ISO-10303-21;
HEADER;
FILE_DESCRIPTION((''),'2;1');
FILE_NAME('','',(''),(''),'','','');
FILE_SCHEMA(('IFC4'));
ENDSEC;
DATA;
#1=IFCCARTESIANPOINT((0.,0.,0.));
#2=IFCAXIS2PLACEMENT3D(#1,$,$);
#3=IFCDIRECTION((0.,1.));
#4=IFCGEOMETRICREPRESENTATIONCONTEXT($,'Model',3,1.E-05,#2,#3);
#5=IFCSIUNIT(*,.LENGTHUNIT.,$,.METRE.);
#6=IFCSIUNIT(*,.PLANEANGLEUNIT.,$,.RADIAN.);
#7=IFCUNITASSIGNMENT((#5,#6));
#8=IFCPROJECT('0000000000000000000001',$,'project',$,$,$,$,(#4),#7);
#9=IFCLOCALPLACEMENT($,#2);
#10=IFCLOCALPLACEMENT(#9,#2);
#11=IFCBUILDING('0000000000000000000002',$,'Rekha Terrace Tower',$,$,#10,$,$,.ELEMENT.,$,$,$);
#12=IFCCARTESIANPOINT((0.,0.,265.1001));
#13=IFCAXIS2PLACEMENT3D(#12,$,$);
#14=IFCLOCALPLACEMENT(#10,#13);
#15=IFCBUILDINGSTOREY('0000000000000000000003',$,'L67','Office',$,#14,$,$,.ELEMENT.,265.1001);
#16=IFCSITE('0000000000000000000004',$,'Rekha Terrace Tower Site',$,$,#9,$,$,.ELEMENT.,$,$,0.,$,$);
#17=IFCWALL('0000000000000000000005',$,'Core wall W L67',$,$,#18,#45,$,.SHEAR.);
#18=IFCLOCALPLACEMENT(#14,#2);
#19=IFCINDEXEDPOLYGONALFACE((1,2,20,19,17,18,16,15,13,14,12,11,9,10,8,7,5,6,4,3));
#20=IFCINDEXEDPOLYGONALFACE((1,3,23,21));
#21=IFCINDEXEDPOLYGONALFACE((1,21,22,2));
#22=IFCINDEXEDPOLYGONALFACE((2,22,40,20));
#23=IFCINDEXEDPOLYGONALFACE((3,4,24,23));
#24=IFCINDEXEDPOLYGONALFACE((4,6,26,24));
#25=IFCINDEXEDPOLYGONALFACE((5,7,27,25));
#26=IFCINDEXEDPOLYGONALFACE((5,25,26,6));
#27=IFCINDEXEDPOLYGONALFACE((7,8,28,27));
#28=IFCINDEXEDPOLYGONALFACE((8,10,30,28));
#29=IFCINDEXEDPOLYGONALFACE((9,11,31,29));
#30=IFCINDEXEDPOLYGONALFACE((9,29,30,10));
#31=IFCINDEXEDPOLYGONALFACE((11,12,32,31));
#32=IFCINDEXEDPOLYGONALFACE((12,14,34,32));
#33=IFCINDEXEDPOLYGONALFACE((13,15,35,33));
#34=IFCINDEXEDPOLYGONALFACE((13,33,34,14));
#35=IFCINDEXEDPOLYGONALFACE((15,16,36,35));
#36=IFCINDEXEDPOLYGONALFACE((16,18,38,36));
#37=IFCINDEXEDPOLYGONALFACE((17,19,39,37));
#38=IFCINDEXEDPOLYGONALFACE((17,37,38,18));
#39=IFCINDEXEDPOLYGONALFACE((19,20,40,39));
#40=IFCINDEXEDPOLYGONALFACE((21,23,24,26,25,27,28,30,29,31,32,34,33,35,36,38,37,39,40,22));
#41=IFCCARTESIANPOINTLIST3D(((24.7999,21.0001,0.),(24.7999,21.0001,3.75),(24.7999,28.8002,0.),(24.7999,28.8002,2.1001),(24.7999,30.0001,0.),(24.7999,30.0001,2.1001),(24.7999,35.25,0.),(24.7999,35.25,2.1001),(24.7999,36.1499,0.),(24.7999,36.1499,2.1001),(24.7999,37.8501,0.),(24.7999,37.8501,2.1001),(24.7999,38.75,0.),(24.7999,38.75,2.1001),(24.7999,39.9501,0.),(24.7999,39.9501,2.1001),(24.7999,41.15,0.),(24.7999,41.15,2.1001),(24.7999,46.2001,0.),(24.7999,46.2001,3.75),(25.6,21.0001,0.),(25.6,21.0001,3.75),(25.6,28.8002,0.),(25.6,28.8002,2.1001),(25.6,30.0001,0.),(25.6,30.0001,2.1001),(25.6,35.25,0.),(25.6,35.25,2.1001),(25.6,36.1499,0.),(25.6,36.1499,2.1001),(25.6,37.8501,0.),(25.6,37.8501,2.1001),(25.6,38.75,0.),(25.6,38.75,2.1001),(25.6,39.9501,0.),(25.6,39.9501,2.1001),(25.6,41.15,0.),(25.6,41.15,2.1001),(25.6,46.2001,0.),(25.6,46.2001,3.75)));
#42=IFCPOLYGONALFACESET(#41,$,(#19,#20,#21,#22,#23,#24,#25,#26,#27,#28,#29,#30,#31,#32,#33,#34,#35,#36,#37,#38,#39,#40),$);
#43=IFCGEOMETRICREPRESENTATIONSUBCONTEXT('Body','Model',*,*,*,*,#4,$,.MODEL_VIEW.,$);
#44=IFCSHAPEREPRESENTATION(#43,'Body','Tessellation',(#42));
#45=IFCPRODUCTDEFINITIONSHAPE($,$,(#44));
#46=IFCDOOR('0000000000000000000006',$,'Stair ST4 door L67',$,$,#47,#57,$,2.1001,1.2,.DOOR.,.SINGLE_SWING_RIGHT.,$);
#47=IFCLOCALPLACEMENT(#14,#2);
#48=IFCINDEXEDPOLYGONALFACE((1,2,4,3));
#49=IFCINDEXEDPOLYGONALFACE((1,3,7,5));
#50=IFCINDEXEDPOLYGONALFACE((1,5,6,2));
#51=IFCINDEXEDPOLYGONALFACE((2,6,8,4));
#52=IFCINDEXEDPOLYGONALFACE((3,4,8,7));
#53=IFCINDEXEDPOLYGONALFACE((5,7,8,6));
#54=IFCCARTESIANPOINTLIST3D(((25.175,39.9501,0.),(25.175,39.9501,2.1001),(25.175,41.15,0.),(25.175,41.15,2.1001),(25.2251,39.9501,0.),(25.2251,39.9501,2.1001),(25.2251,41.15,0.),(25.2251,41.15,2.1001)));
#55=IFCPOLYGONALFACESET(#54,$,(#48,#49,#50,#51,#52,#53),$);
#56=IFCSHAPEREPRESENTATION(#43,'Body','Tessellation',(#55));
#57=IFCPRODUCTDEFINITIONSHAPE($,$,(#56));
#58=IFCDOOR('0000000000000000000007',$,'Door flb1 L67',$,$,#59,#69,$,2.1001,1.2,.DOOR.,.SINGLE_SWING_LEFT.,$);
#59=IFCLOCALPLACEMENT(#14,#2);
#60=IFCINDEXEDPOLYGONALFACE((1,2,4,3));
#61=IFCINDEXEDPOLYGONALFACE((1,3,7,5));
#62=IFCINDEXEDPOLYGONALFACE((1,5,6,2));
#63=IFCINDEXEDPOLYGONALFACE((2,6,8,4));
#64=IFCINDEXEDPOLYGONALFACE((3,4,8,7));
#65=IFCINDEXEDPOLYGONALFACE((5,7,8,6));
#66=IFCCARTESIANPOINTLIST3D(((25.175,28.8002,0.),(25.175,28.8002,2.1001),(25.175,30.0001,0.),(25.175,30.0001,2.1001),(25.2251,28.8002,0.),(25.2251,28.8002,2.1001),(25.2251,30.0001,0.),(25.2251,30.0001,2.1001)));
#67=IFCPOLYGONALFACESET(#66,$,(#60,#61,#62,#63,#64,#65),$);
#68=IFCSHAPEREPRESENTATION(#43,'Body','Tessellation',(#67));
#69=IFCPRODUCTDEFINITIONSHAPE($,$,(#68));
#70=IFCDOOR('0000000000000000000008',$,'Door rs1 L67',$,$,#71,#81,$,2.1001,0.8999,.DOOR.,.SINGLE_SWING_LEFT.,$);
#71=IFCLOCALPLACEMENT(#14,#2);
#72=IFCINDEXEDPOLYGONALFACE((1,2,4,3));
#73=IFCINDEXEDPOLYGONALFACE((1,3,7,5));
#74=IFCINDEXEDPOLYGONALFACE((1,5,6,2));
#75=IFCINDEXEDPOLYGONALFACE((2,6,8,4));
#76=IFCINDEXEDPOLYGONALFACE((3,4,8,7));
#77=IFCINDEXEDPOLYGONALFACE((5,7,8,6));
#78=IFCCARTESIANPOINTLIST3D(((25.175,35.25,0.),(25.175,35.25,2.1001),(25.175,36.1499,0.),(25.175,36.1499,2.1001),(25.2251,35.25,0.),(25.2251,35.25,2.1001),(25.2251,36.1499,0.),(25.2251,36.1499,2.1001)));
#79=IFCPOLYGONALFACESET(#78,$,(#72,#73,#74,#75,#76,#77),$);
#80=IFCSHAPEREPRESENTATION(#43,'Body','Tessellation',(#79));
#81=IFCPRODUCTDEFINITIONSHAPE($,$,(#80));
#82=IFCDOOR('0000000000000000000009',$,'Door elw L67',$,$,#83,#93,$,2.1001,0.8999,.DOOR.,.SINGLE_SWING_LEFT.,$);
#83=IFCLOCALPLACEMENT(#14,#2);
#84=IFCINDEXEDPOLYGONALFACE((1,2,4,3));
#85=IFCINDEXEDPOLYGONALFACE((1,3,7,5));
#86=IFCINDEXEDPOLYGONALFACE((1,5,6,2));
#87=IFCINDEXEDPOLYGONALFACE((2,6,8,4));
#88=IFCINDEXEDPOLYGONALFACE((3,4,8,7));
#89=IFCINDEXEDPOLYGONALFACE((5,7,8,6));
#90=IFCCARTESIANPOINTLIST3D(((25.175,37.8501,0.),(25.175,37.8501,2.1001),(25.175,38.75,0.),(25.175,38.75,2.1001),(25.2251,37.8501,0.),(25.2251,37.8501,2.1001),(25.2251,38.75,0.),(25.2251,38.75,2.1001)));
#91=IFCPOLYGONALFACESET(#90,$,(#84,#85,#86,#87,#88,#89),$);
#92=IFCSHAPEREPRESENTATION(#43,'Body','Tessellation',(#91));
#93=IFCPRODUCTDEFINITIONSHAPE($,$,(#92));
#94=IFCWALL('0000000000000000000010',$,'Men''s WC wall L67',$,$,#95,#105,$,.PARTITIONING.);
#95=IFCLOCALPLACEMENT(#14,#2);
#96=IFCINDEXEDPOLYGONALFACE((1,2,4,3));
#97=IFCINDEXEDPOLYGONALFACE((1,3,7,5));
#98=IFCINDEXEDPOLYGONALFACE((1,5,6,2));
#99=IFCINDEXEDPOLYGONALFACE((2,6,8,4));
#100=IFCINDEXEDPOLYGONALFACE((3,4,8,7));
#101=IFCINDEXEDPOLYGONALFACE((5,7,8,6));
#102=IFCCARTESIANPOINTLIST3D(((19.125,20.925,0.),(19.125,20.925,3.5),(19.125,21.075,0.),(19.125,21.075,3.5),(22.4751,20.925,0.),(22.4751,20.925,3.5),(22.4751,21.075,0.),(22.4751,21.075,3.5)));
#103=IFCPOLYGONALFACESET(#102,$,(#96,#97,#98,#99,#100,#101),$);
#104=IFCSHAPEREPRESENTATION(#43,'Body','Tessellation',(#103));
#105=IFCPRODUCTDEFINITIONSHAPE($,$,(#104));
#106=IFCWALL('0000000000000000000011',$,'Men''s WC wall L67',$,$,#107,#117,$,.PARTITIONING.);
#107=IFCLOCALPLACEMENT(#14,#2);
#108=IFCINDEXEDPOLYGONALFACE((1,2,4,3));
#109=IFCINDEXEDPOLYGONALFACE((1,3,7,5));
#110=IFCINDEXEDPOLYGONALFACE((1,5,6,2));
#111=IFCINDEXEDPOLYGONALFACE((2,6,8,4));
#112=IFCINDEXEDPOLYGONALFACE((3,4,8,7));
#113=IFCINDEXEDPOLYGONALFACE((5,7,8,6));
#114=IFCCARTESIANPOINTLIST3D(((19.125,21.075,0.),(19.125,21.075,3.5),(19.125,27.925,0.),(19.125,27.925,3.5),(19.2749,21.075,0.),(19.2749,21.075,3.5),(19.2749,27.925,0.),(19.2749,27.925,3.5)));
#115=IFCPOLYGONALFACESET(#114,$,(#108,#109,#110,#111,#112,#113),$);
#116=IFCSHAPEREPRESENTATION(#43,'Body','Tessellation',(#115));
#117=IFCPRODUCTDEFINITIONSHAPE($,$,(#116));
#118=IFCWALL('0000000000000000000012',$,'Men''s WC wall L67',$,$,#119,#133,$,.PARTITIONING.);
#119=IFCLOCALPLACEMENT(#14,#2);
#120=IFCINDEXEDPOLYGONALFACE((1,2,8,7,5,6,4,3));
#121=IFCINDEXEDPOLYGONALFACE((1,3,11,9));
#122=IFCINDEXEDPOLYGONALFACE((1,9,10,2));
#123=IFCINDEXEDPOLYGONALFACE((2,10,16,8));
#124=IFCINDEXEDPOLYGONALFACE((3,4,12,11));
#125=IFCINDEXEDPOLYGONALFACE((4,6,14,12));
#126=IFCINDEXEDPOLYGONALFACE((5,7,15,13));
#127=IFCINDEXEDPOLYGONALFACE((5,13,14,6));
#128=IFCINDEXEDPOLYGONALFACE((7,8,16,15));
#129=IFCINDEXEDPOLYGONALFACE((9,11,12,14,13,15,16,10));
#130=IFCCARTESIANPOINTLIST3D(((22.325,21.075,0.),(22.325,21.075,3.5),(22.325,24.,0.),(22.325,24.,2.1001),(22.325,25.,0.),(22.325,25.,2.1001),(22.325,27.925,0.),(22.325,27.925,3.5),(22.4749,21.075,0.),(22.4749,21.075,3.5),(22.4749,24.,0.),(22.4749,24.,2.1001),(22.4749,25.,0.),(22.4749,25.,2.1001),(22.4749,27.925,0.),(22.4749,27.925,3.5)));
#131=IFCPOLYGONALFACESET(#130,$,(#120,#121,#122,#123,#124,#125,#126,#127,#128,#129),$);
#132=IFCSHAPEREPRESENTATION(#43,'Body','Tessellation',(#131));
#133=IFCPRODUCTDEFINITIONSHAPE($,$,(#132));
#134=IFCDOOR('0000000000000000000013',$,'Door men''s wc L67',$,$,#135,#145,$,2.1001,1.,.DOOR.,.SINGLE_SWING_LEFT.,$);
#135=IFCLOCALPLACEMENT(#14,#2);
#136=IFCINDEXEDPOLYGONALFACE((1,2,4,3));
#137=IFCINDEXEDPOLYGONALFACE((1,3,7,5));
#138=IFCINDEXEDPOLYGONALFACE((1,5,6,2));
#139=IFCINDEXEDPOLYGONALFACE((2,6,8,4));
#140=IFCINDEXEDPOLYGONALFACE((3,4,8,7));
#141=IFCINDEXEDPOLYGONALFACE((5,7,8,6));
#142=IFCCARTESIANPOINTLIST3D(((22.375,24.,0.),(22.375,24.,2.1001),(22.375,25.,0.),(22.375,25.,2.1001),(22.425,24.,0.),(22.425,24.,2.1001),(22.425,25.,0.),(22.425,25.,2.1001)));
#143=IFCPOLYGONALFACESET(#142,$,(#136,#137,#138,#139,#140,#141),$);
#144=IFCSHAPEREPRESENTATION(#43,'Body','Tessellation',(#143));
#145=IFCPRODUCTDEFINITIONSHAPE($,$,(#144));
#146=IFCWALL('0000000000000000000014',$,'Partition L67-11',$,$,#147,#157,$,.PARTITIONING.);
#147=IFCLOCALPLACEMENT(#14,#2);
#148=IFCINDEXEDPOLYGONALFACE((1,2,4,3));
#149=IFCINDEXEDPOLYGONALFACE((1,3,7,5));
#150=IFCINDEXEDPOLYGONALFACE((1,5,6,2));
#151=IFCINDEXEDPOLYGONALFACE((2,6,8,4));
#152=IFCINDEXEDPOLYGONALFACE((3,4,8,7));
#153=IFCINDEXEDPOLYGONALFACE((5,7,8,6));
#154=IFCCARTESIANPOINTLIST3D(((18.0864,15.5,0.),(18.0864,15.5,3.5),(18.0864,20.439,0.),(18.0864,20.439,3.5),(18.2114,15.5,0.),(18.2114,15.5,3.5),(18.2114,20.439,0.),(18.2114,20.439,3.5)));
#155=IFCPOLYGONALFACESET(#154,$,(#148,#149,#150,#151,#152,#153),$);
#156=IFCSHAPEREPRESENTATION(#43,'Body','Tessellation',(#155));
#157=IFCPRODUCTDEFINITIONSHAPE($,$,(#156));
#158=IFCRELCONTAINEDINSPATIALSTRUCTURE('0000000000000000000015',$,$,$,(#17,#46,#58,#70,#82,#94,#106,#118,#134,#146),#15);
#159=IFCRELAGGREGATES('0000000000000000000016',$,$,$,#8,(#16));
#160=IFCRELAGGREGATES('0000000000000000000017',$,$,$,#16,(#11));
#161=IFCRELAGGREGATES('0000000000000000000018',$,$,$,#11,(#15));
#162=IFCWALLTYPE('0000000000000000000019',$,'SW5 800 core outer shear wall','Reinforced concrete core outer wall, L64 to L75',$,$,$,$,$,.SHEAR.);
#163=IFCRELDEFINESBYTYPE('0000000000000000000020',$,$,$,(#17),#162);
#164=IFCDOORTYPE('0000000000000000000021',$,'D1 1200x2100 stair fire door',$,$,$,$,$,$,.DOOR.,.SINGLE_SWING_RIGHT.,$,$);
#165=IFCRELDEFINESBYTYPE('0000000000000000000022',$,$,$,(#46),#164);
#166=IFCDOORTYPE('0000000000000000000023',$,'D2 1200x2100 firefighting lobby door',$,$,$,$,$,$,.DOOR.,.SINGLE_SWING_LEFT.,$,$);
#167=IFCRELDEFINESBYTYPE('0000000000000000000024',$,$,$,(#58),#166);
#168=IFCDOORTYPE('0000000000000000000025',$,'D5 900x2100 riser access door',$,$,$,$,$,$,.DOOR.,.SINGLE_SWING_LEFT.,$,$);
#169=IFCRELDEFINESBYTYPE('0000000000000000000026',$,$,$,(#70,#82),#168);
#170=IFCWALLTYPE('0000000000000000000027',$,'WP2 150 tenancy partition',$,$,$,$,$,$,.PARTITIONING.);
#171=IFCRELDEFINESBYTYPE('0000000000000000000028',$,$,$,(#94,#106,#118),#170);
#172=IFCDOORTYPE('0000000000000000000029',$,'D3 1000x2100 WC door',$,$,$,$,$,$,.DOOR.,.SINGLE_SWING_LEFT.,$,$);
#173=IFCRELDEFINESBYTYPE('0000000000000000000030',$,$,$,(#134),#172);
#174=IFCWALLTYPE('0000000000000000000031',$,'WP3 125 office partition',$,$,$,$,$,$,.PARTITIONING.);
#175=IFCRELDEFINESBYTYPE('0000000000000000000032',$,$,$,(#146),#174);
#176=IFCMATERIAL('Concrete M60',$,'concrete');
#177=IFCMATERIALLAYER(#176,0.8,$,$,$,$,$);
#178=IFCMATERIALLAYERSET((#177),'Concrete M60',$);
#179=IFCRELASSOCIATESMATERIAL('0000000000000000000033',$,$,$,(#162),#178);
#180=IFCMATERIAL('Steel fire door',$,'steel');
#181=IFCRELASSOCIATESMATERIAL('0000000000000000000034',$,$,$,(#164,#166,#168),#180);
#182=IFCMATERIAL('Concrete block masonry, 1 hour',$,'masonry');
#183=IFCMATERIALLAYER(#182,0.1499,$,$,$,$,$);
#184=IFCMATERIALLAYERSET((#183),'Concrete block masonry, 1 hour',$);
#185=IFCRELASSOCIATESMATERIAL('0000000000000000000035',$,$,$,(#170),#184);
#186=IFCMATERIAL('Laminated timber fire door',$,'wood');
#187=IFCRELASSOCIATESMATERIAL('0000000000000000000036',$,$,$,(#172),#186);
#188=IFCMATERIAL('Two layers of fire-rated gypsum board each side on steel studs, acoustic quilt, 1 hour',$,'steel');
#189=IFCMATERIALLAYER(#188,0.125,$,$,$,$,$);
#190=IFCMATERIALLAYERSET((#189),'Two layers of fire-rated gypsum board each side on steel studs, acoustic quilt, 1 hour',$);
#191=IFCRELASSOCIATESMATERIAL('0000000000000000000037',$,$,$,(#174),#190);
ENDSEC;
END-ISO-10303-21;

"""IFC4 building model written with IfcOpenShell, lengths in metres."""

from ifc_helpers import new_model, si_unit, direction, frame, frame_2d, origin, place, context, subcontext, project, spatial, rectangle, extrude, material, layer, layer_set, type_object, element, fill, save


model = new_model("IFC4")

# Units and contexts
model_context = context("Model", 3, precision=1e-05, world=origin(), true_north=direction((0.0, 1.0)))
body_context = subcontext(model_context, "Body", "Model", "MODEL_VIEW")
ifc_project = project(units=[si_unit("LENGTHUNIT", "METRE"), si_unit("PLANEANGLEUNIT", "RADIAN")], contexts=[model_context])

# Site, building, storey
site_placement = place(None, origin())
site = spatial("IfcSite", under=ifc_project, at=site_placement, Name="Rekha Terrace Tower Site", CompositionType="ELEMENT", RefElevation=0.0)
building_placement = place(site_placement, origin())
building = spatial("IfcBuilding", under=site, at=building_placement, Name="Rekha Terrace Tower", CompositionType="ELEMENT")
storey_placement = place(building_placement, frame((0.0, 0.0, 265.1001)))
storey = spatial("IfcBuildingStorey", under=building, at=storey_placement, Name="L67", Description="Office", CompositionType="ELEMENT", Elevation=265.1001)

# Shared definitions
ifc_material_1 = material(Name="Concrete M60", Category="concrete")
ifc_layer_1 = layer(ifc_material_1, 0.8)
ifc_layer_set_1 = layer_set([ifc_layer_1], Name="Concrete M60")
wall_type_1 = type_object("IfcWallType", Name="SW5 800 core outer shear wall", Description="Reinforced concrete core outer wall, L64 to L75", PredefinedType="SHEAR", material=ifc_layer_set_1)

# Wall, openings, doors
wall_1_placement = place(storey_placement, frame((25.2, 21.0, 0.0), z_axis=(0.0, 0.0, 1.0), x_axis=(0.0, 1.0, 0.0)))
wall_1 = element("IfcWall", 1, at=wall_1_placement, inside=storey, type_object=wall_type_1, Name="Core wall W L67", PredefinedType="SHEAR", context=body_context, shape_type="SweptSolid", body=[
    extrude(rectangle(XDim=25.2, YDim=0.8, at=frame_2d((12.6001, 0.0))), origin(), (0.0, 0.0, 1.0), 3.75),
])
opening_1_placement = place(wall_1_placement, frame((7.8, 0.0, 0.0)))
opening_1 = element("IfcOpeningElement", 2, at=opening_1_placement, cuts=wall_1, PredefinedType="OPENING", context=body_context, shape_type="SweptSolid", body=[
    extrude(rectangle(XDim=1.2, YDim=2.1001, at=frame_2d((0.6001, 1.05))), frame((0.0, 0.4099, 0.0), z_axis=(0.0, -1.0, 0.0), x_axis=(1.0, 0.0, 0.0)), (0.0, 0.0, 1.0), 0.8201),
])
opening_2_placement = place(wall_1_placement, frame((14.25, 0.0, 0.0)))
opening_2 = element("IfcOpeningElement", 3, at=opening_2_placement, cuts=wall_1, PredefinedType="OPENING", context=body_context, shape_type="SweptSolid", body=[
    extrude(rectangle(XDim=0.8999, YDim=2.1001, at=frame_2d((0.45, 1.05))), frame((0.0, 0.4099, 0.0), z_axis=(0.0, -1.0, 0.0), x_axis=(1.0, 0.0, 0.0)), (0.0, 0.0, 1.0), 0.8201),
])
opening_3_placement = place(wall_1_placement, frame((16.8501, 0.0, 0.0)))
opening_3 = element("IfcOpeningElement", 4, at=opening_3_placement, cuts=wall_1, PredefinedType="OPENING", context=body_context, shape_type="SweptSolid", body=[
    extrude(rectangle(XDim=0.8999, YDim=2.1001, at=frame_2d((0.45, 1.05))), frame((0.0, 0.4099, 0.0), z_axis=(0.0, -1.0, 0.0), x_axis=(1.0, 0.0, 0.0)), (0.0, 0.0, 1.0), 0.8201),
])
opening_4_placement = place(wall_1_placement, frame((18.95, 0.0, 0.0)))
opening_4 = element("IfcOpeningElement", 5, at=opening_4_placement, cuts=wall_1, PredefinedType="OPENING", context=body_context, shape_type="SweptSolid", body=[
    extrude(rectangle(XDim=1.2, YDim=2.1001, at=frame_2d((0.6001, 1.05))), frame((0.0, 0.4099, 0.0), z_axis=(0.0, -1.0, 0.0), x_axis=(1.0, 0.0, 0.0)), (0.0, 0.0, 1.0), 0.8201),
])
ifc_material_2 = material(Name="Steel fire door", Category="steel")
door_type_1 = type_object("IfcDoorType", Name="D1 1200x2100 stair fire door", OperationType="SINGLE_SWING_RIGHT", PredefinedType="DOOR", material=ifc_material_2)
door_1_placement = place(opening_4_placement, origin())
door_1 = element("IfcDoor", 6, at=door_1_placement, inside=storey, type_object=door_type_1, Name="Stair ST4 door L67", OperationType="SINGLE_SWING_RIGHT", OverallHeight=2.1001, OverallWidth=1.2, PredefinedType="DOOR", context=body_context, shape_type="SweptSolid", body=[
    extrude(rectangle(XDim=1.2, YDim=2.1001, at=frame_2d((0.6001, 1.05))), frame((0.0, 0.0249, 0.0), z_axis=(0.0, -1.0, 0.0), x_axis=(1.0, 0.0, 0.0)), (0.0, 0.0, 1.0), 0.05),
])
fill(opening_4, door_1)
door_type_2 = type_object("IfcDoorType", Name="D2 1200x2100 firefighting lobby door", OperationType="SINGLE_SWING_LEFT", PredefinedType="DOOR", material=ifc_material_2)
door_2_placement = place(opening_1_placement, origin())
door_2 = element("IfcDoor", 7, at=door_2_placement, inside=storey, type_object=door_type_2, Name="Door flb1 L67", OperationType="SINGLE_SWING_LEFT", OverallHeight=2.1001, OverallWidth=1.2, PredefinedType="DOOR", context=body_context, shape_type="SweptSolid", body=[
    extrude(rectangle(XDim=1.2, YDim=2.1001, at=frame_2d((0.6001, 1.05))), frame((0.0, 0.0249, 0.0), z_axis=(0.0, -1.0, 0.0), x_axis=(1.0, 0.0, 0.0)), (0.0, 0.0, 1.0), 0.05),
])
fill(opening_1, door_2)
door_type_3 = type_object("IfcDoorType", Name="D5 900x2100 riser access door", OperationType="SINGLE_SWING_LEFT", PredefinedType="DOOR", material=ifc_material_2)
door_3_placement = place(opening_2_placement, origin())
door_3 = element("IfcDoor", 8, at=door_3_placement, inside=storey, type_object=door_type_3, Name="Door rs1 L67", OperationType="SINGLE_SWING_LEFT", OverallHeight=2.1001, OverallWidth=0.8999, PredefinedType="DOOR", context=body_context, shape_type="SweptSolid", body=[
    extrude(rectangle(XDim=0.8999, YDim=2.1001, at=frame_2d((0.45, 1.05))), frame((0.0, 0.0249, 0.0), z_axis=(0.0, -1.0, 0.0), x_axis=(1.0, 0.0, 0.0)), (0.0, 0.0, 1.0), 0.05),
])
fill(opening_2, door_3)
door_4_placement = place(opening_3_placement, origin())
door_4 = element("IfcDoor", 9, at=door_4_placement, inside=storey, type_object=door_type_3, Name="Door elw L67", OperationType="SINGLE_SWING_LEFT", OverallHeight=2.1001, OverallWidth=0.8999, PredefinedType="DOOR", context=body_context, shape_type="SweptSolid", body=[
    extrude(rectangle(XDim=0.8999, YDim=2.1001, at=frame_2d((0.45, 1.05))), frame((0.0, 0.0249, 0.0), z_axis=(0.0, -1.0, 0.0), x_axis=(1.0, 0.0, 0.0)), (0.0, 0.0, 1.0), 0.05),
])
fill(opening_3, door_4)

# Walls
ifc_material_3 = material(Name="Concrete block masonry, 1 hour", Category="masonry")
ifc_layer_2 = layer(ifc_material_3, 0.1499)
ifc_layer_set_2 = layer_set([ifc_layer_2], Name="Concrete block masonry, 1 hour")
wall_type_2 = type_object("IfcWallType", Name="WP2 150 tenancy partition", PredefinedType="PARTITIONING", material=ifc_layer_set_2)
wall_2_placement = place(storey_placement, frame((19.125, 21.0, 0.0), z_axis=(0.0, 0.0, 1.0), x_axis=(1.0, 0.0, 0.0)))
element("IfcWall", 10, at=wall_2_placement, inside=storey, type_object=wall_type_2, Name="Men's WC wall L67", PredefinedType="PARTITIONING", context=body_context, shape_type="SweptSolid", body=[
    extrude(rectangle(XDim=3.3501, YDim=0.1499, at=frame_2d((1.675, 0.0))), origin(), (0.0, 0.0, 1.0), 3.5),
])
wall_3_placement = place(storey_placement, frame((19.2, 21.075, 0.0), z_axis=(0.0, 0.0, 1.0), x_axis=(0.0, 1.0, 0.0)))
element("IfcWall", 11, at=wall_3_placement, inside=storey, type_object=wall_type_2, Name="Men's WC wall L67", PredefinedType="PARTITIONING", context=body_context, shape_type="SweptSolid", body=[
    extrude(rectangle(XDim=6.8501, YDim=0.1499, at=frame_2d((3.425, 0.0))), origin(), (0.0, 0.0, 1.0), 3.5),
])

# Wall, opening, door
wall_4_placement = place(storey_placement, frame((22.3999, 21.075, 0.0), z_axis=(0.0, 0.0, 1.0), x_axis=(0.0, 1.0, 0.0)))
wall_4 = element("IfcWall", 12, at=wall_4_placement, inside=storey, type_object=wall_type_2, Name="Men's WC wall L67", PredefinedType="PARTITIONING", context=body_context, shape_type="SweptSolid", body=[
    extrude(rectangle(XDim=6.8501, YDim=0.1499, at=frame_2d((3.425, 0.0))), origin(), (0.0, 0.0, 1.0), 3.5),
])
opening_5_placement = place(wall_4_placement, frame((2.925, 0.0, 0.0)))
opening_5 = element("IfcOpeningElement", 13, at=opening_5_placement, cuts=wall_4, PredefinedType="OPENING", context=body_context, shape_type="SweptSolid", body=[
    extrude(rectangle(XDim=1.0, YDim=2.1001, at=frame_2d((0.5, 1.05))), frame((0.0, 0.085, 0.0), z_axis=(0.0, -1.0, 0.0), x_axis=(1.0, 0.0, 0.0)), (0.0, 0.0, 1.0), 0.1699),
])
ifc_material_4 = material(Name="Laminated timber fire door", Category="wood")
door_type_4 = type_object("IfcDoorType", Name="D3 1000x2100 WC door", OperationType="SINGLE_SWING_LEFT", PredefinedType="DOOR", material=ifc_material_4)
door_5_placement = place(opening_5_placement, origin())
door_5 = element("IfcDoor", 14, at=door_5_placement, inside=storey, type_object=door_type_4, Name="Door men's wc L67", OperationType="SINGLE_SWING_LEFT", OverallHeight=2.1001, OverallWidth=1.0, PredefinedType="DOOR", context=body_context, shape_type="SweptSolid", body=[
    extrude(rectangle(XDim=1.0, YDim=2.1001, at=frame_2d((0.5, 1.05))), frame((0.0, 0.0249, 0.0), z_axis=(0.0, -1.0, 0.0), x_axis=(1.0, 0.0, 0.0)), (0.0, 0.0, 1.0), 0.05),
])
fill(opening_5, door_5)

# Wall
ifc_material_5 = material(Name="Two layers of fire-rated gypsum board each side on steel studs, acoustic quilt, 1 hour", Category="steel")
ifc_layer_3 = layer(ifc_material_5, 0.125)
ifc_layer_set_3 = layer_set([ifc_layer_3], Name="Two layers of fire-rated gypsum board each side on steel studs, acoustic quilt, 1 hour")
wall_type_3 = type_object("IfcWallType", Name="WP3 125 office partition", PredefinedType="PARTITIONING", material=ifc_layer_set_3)
wall_5_placement = place(storey_placement, frame((18.1489, 20.439, 0.0), z_axis=(0.0, 0.0, 1.0), x_axis=(0.0, -1.0, 0.0)))
element("IfcWall", 15, at=wall_5_placement, inside=storey, type_object=wall_type_3, Name="Partition L67-11", PredefinedType="PARTITIONING", context=body_context, shape_type="SweptSolid", body=[
    extrude(rectangle(XDim=4.939, YDim=0.125, at=frame_2d((2.4695, 0.0))), origin(), (0.0, 0.0, 1.0), 3.5),
])

save(model, "model.ifc")
